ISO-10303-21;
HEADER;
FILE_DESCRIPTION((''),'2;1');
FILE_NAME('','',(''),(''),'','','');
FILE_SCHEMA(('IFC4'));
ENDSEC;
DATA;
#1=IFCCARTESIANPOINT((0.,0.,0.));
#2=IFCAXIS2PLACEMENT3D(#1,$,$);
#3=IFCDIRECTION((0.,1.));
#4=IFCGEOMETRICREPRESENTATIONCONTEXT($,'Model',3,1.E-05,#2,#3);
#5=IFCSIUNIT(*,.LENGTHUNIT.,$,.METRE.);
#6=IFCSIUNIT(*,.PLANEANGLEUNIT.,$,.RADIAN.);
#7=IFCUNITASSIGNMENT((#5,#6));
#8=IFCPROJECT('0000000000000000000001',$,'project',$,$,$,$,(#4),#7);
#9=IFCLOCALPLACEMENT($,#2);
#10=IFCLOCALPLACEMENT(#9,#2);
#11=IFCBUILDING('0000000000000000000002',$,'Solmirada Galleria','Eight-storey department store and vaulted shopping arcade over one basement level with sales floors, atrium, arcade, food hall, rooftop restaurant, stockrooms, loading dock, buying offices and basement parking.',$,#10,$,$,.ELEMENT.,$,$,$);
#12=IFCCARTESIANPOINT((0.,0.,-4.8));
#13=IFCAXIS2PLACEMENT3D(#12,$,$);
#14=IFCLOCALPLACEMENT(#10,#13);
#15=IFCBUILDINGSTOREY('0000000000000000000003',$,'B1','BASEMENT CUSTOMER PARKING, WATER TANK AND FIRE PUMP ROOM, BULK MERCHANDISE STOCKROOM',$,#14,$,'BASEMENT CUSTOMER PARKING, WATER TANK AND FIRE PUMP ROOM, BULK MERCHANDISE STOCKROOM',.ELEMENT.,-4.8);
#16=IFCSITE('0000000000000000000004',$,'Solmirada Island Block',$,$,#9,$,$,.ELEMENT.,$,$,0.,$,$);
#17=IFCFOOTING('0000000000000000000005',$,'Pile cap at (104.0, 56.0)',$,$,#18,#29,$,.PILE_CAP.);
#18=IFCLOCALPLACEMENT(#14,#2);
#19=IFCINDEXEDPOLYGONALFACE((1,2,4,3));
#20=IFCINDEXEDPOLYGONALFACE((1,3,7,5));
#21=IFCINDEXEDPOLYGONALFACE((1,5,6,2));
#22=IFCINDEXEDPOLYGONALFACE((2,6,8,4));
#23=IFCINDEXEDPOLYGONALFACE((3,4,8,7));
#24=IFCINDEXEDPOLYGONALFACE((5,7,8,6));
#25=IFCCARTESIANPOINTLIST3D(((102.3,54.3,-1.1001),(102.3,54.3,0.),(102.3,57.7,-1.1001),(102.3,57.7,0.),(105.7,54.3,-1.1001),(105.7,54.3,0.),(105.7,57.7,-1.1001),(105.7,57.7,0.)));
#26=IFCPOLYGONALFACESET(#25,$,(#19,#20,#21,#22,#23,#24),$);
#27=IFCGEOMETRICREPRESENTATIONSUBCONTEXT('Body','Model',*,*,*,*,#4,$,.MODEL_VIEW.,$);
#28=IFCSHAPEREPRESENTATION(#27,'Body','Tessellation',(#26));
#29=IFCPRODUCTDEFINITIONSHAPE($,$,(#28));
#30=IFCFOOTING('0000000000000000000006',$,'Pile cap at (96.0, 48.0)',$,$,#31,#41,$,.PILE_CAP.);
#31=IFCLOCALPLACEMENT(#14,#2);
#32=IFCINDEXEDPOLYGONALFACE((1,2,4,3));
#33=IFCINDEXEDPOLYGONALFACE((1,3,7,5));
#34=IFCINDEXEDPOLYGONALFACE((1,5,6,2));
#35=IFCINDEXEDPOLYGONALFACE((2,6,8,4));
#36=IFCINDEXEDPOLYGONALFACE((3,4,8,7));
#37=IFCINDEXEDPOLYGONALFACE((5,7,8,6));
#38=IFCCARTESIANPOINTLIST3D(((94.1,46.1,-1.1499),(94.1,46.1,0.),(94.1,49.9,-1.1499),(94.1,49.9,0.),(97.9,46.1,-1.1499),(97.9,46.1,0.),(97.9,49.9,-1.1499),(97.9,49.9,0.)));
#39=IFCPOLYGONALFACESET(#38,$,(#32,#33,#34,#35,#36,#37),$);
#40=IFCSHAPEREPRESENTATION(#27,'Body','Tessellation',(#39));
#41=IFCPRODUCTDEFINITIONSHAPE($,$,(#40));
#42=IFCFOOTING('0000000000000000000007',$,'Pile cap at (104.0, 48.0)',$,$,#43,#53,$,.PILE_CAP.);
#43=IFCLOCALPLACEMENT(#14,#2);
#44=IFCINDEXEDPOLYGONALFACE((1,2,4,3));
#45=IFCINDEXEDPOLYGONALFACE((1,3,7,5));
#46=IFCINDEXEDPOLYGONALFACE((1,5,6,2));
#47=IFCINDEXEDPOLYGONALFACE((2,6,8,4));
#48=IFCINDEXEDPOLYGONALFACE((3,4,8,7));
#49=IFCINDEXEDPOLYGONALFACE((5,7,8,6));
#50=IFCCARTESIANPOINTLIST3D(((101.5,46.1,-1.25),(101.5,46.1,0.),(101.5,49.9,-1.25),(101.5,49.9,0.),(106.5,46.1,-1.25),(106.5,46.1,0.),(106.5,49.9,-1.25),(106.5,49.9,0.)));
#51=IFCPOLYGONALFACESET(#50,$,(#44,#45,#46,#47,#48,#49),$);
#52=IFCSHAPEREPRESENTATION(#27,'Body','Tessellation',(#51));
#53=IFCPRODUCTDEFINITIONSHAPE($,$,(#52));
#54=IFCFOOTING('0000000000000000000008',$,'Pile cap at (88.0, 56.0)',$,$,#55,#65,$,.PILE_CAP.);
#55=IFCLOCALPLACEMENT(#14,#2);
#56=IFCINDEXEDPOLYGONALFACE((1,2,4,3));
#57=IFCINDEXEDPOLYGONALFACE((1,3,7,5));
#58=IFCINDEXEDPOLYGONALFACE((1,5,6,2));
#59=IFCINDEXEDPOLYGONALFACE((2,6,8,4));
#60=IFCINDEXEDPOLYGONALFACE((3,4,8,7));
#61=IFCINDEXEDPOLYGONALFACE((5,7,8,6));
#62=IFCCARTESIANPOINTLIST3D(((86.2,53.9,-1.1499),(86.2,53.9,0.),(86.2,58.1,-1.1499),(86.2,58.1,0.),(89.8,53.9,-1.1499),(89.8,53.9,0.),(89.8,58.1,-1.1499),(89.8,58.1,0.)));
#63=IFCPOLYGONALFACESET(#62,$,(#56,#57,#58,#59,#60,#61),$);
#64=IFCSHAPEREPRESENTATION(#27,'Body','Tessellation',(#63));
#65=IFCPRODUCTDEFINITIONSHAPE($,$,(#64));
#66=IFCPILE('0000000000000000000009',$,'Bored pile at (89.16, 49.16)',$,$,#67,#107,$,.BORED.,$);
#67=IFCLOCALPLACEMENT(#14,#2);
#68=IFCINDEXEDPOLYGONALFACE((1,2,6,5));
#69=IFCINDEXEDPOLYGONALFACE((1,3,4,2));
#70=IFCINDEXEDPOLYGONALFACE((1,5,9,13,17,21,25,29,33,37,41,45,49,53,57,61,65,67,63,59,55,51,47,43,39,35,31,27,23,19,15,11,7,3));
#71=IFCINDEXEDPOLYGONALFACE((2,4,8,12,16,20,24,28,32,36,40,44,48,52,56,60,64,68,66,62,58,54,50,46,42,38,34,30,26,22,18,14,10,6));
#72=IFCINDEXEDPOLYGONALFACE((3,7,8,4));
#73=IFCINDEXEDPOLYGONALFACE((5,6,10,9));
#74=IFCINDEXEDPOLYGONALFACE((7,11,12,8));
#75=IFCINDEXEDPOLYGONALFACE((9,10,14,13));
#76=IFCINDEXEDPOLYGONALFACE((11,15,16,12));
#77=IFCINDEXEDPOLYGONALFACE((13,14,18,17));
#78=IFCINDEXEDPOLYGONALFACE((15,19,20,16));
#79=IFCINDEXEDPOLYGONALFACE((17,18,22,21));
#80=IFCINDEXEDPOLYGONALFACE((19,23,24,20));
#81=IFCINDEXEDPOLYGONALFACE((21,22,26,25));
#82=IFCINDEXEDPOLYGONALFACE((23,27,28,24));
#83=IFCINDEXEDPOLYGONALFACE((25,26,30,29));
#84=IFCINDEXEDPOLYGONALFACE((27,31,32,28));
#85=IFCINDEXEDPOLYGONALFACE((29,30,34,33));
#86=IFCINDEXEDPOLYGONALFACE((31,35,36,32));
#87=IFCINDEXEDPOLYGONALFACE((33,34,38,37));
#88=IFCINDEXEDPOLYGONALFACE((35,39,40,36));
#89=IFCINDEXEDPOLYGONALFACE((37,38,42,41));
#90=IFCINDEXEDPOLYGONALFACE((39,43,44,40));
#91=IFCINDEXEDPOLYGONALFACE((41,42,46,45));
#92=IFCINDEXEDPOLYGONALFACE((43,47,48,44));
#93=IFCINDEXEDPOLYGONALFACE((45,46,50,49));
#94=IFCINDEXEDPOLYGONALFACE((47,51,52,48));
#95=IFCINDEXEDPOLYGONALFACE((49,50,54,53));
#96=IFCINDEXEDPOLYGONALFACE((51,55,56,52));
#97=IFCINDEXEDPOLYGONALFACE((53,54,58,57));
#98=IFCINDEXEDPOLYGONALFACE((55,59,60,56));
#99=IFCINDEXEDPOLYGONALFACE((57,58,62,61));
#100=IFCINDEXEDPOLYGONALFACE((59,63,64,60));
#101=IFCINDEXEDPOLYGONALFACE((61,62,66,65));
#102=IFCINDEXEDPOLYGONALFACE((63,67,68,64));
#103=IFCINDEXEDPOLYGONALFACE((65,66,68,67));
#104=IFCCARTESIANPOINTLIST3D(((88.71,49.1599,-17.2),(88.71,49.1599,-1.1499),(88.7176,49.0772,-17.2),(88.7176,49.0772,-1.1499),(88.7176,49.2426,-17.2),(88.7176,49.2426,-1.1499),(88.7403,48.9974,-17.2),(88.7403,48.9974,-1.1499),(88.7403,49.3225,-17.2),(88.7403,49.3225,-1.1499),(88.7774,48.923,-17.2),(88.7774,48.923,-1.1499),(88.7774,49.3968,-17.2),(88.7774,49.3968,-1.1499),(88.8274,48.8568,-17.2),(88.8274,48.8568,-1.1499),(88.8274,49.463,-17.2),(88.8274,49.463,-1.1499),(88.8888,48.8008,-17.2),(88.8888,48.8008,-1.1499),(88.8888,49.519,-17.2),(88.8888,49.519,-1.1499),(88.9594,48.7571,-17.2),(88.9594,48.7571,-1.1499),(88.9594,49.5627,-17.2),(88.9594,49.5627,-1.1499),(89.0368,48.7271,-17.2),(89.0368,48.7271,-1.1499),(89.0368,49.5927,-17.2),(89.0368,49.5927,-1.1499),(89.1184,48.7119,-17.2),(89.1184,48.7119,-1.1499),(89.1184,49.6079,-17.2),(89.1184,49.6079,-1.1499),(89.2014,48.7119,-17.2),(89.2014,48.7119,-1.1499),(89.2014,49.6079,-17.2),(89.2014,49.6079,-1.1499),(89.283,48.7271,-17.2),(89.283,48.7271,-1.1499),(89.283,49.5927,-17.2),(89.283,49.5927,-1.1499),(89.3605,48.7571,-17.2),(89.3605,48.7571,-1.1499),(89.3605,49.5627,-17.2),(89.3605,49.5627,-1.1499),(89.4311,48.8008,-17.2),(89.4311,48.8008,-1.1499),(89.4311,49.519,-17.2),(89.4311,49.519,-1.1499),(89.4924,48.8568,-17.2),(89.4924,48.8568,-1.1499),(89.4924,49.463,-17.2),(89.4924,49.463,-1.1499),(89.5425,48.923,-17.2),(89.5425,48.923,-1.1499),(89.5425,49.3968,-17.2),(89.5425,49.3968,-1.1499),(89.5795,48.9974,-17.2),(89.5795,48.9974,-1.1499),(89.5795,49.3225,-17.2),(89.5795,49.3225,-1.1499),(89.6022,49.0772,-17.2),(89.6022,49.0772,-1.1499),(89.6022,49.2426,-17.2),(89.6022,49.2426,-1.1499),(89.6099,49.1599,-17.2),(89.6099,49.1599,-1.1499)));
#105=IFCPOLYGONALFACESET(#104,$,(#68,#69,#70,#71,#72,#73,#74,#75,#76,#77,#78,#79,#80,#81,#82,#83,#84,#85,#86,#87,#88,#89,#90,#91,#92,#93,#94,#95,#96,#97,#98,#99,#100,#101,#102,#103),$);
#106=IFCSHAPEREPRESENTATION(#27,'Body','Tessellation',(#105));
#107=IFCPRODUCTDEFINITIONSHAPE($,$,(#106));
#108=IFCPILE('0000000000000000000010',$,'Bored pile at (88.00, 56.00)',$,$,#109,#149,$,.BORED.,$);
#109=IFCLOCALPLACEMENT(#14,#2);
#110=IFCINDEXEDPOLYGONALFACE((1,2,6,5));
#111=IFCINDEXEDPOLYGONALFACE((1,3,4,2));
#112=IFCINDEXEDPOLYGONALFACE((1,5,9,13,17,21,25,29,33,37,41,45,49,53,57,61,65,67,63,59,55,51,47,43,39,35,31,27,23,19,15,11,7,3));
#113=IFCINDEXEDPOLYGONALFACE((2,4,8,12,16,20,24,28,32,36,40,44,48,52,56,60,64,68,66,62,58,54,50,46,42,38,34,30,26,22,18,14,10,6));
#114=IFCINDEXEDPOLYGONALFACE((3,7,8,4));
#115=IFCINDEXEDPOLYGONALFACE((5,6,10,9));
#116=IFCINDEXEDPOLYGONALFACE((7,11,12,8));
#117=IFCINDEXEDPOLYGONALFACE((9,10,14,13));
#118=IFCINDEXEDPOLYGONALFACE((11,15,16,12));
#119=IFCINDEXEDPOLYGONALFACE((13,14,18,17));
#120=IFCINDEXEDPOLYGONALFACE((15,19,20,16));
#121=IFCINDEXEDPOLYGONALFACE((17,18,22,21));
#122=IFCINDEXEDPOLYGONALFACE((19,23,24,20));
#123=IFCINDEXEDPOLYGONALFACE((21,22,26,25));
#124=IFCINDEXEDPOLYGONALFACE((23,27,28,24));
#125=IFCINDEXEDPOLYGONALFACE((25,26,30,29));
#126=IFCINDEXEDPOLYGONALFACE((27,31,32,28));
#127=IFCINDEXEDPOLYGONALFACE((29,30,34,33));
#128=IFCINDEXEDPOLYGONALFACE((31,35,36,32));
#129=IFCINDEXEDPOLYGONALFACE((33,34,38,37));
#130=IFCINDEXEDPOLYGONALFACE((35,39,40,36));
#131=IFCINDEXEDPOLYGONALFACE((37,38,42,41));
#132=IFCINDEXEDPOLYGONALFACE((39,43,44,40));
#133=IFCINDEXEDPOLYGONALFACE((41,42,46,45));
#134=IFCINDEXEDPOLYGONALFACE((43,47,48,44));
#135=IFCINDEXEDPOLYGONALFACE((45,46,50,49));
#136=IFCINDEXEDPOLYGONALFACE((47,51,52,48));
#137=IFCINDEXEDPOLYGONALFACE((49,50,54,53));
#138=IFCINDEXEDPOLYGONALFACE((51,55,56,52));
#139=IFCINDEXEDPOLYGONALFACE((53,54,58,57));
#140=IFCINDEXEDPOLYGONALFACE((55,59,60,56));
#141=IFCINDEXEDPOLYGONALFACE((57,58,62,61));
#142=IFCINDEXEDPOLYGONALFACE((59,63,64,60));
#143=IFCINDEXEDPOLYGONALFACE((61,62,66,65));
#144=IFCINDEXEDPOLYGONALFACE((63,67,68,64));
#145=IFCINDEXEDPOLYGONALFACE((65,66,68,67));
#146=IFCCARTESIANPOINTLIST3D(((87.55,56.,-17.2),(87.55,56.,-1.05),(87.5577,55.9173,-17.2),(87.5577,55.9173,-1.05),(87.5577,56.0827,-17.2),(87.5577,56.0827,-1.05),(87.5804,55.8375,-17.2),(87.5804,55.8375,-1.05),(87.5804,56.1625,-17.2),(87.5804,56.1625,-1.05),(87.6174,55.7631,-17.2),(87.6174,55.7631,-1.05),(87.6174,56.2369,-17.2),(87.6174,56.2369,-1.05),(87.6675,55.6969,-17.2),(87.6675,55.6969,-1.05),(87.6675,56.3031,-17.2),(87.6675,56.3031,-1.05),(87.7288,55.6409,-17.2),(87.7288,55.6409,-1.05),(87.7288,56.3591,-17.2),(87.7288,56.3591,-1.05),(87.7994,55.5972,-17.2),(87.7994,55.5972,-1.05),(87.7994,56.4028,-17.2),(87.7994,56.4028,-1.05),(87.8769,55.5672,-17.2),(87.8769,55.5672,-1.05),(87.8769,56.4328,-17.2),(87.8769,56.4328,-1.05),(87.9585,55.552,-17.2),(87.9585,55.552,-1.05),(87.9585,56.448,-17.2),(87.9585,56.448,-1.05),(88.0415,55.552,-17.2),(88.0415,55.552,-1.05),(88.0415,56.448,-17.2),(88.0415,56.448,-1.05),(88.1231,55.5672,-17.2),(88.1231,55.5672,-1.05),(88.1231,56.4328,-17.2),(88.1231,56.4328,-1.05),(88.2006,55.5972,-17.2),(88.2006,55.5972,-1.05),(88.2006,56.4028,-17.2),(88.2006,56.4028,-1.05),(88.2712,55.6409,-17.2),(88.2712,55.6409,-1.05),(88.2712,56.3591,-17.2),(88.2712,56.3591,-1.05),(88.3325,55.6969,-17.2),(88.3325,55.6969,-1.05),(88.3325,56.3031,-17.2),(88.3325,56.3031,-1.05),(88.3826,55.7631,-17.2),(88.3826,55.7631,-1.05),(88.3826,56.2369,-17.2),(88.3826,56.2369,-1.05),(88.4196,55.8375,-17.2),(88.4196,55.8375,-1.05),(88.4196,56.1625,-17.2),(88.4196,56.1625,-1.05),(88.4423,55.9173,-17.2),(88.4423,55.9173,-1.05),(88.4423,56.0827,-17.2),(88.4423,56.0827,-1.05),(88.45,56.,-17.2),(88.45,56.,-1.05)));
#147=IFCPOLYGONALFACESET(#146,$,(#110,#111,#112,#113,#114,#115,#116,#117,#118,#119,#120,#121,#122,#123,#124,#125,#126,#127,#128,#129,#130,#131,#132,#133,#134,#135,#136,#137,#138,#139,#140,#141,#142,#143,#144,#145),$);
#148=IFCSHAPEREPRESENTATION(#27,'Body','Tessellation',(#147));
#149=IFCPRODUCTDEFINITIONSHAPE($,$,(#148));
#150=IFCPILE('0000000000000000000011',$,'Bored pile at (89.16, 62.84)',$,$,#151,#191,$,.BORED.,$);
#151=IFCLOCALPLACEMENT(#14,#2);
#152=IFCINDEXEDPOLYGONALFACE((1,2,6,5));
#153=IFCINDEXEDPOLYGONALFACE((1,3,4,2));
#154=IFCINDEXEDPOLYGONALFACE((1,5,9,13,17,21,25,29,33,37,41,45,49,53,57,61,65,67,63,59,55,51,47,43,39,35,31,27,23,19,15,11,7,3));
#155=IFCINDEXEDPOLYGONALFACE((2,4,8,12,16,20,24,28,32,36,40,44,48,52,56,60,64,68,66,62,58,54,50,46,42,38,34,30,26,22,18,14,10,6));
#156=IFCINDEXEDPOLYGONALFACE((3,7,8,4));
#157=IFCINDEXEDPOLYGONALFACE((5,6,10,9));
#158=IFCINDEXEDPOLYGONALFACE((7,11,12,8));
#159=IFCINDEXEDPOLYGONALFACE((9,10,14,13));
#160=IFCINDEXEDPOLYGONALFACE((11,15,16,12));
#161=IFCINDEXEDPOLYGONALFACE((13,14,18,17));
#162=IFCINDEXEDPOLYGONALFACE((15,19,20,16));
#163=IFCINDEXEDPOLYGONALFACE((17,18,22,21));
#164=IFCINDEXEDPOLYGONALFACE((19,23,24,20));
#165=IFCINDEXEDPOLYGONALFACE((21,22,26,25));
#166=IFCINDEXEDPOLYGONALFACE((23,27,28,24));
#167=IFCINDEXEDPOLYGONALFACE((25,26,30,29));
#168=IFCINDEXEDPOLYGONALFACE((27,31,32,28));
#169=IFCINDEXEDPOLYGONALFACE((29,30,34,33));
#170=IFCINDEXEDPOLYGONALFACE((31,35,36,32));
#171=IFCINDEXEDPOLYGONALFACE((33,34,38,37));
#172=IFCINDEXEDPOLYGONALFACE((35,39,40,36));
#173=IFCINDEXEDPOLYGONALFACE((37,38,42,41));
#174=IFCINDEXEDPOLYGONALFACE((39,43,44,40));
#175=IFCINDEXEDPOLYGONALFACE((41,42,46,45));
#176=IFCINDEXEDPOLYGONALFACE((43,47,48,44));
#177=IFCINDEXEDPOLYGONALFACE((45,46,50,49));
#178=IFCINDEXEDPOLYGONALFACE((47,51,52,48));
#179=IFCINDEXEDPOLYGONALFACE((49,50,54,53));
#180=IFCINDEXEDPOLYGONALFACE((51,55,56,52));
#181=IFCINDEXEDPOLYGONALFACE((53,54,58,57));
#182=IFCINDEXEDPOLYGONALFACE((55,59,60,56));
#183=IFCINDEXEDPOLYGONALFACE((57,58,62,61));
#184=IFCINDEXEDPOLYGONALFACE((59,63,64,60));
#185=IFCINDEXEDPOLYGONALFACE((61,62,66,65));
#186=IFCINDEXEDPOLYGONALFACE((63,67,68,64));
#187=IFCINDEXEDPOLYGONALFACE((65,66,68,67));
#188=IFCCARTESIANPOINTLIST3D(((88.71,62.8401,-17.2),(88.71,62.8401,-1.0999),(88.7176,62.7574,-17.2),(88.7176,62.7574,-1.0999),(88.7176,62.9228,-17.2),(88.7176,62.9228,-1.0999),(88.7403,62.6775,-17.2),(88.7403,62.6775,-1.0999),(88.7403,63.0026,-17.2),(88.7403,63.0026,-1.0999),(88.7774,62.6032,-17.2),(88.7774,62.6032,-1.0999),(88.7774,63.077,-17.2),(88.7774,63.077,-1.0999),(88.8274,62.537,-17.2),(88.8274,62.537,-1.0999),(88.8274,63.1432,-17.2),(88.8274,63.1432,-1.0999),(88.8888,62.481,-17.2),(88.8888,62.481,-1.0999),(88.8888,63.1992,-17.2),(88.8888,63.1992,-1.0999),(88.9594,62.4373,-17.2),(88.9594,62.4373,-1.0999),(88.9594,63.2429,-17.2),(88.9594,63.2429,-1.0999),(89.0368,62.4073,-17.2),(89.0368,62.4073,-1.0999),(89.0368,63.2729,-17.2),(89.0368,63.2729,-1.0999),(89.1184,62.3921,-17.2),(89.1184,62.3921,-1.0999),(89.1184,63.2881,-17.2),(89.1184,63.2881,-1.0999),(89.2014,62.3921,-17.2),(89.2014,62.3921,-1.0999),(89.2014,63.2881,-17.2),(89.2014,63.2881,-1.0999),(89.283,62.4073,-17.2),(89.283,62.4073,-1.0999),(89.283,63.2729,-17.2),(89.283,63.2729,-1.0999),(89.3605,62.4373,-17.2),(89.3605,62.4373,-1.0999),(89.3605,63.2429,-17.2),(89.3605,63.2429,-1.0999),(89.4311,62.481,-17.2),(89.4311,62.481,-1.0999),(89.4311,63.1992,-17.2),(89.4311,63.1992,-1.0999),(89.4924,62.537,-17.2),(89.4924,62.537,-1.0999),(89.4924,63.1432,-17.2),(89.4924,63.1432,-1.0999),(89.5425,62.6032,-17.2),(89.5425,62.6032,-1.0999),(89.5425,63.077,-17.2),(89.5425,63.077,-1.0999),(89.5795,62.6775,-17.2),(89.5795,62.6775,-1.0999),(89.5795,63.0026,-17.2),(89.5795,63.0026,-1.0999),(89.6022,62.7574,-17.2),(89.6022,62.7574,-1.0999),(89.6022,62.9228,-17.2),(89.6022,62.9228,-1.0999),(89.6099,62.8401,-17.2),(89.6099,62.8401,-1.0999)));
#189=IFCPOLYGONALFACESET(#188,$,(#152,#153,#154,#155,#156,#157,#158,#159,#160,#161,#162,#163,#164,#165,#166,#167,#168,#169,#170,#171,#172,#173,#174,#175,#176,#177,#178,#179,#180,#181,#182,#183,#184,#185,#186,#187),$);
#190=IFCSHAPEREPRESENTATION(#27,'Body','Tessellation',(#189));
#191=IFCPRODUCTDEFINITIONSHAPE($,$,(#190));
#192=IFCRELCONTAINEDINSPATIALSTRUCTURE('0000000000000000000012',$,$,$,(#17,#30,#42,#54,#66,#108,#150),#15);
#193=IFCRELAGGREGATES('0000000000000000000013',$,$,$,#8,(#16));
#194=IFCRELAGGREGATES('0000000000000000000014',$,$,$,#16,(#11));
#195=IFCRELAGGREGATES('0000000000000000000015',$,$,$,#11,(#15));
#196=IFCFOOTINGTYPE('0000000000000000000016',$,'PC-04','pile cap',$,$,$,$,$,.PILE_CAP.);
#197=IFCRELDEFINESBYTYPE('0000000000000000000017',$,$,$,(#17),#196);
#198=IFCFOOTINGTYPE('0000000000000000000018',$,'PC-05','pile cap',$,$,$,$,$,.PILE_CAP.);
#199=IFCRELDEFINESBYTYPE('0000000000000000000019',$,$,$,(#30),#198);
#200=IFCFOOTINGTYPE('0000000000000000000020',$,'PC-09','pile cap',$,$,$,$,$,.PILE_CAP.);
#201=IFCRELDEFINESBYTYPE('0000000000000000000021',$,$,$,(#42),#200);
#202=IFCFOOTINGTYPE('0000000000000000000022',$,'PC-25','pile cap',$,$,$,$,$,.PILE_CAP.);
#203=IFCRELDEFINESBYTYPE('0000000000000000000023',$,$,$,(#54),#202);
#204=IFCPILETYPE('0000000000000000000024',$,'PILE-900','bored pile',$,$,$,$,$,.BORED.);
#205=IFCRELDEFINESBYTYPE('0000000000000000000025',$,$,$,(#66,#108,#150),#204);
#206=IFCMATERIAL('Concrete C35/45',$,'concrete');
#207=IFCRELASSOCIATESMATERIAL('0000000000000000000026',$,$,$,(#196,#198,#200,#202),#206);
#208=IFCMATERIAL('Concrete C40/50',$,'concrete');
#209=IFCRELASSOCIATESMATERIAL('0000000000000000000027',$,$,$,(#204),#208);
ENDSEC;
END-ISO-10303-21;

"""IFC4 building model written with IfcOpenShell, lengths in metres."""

from ifc_helpers import new_model, si_unit, direction, frame, origin, origin_2d, place, context, subcontext, project, spatial, rectangle, circle, extrude, material, material_profile, profile_set, type_object, element, save


model = new_model("IFC4")

# Units and contexts
model_context = context("Model", 3, precision=1e-05, world=origin(), true_north=direction((0.0, 1.0)))
body_context = subcontext(model_context, "Body", "Model", "MODEL_VIEW")
ifc_project = project(units=[si_unit("LENGTHUNIT", "METRE"), si_unit("PLANEANGLEUNIT", "RADIAN")], contexts=[model_context])

# Site, building, storey
site_placement = place(None, origin())
site = spatial("IfcSite", under=ifc_project, at=site_placement, Name="Solmirada Island Block", CompositionType="ELEMENT", RefElevation=0.0)
building_placement = place(site_placement, origin())
building = spatial("IfcBuilding", under=site, at=building_placement, Name="Solmirada Galleria", Description="Eight-storey department store and vaulted shopping arcade over one basement level with sales floors, atrium, arcade, food hall, rooftop restaurant, stockrooms, loading dock, buying offices and basement parking.", CompositionType="ELEMENT")
storey_placement = place(building_placement, frame((0.0, 0.0, -4.8)))
storey = spatial("IfcBuildingStorey", under=building, at=storey_placement, Name="B1", Description="BASEMENT CUSTOMER PARKING, WATER TANK AND FIRE PUMP ROOM, BULK MERCHANDISE STOCKROOM", LongName="BASEMENT CUSTOMER PARKING, WATER TANK AND FIRE PUMP ROOM, BULK MERCHANDISE STOCKROOM", CompositionType="ELEMENT", Elevation=-4.8)

# Footings
ifc_material_1 = material(Name="Concrete C35/45", Category="concrete")
footing_type_1 = type_object("IfcFootingType", Name="PC-04", Description="pile cap", PredefinedType="PILE_CAP", material=ifc_material_1)
footing_1_placement = place(storey_placement, frame((104.0, 56.0, -1.1001), z_axis=(0.0, 0.0, 1.0), x_axis=(1.0, 0.0, 0.0)))
element("IfcFooting", 1, at=footing_1_placement, inside=storey, type_object=footing_type_1, Name="Pile cap at (104.0, 56.0)", PredefinedType="PILE_CAP", context=body_context, shape_type="SweptSolid", body=[
    extrude(rectangle(XDim=3.3999, YDim=3.3999, at=origin_2d()), origin(), (0.0, 0.0, 1.0), 1.1001),
])
footing_type_2 = type_object("IfcFootingType", Name="PC-05", Description="pile cap", PredefinedType="PILE_CAP", material=ifc_material_1)
footing_2_placement = place(storey_placement, frame((96.0, 48.0, -1.1499), z_axis=(0.0, 0.0, 1.0), x_axis=(1.0, 0.0, 0.0)))
element("IfcFooting", 2, at=footing_2_placement, inside=storey, type_object=footing_type_2, Name="Pile cap at (96.0, 48.0)", PredefinedType="PILE_CAP", context=body_context, shape_type="SweptSolid", body=[
    extrude(rectangle(XDim=3.8, YDim=3.8, at=origin_2d()), origin(), (0.0, 0.0, 1.0), 1.1499),
])
footing_type_3 = type_object("IfcFootingType", Name="PC-09", Description="pile cap", PredefinedType="PILE_CAP", material=ifc_material_1)
footing_3_placement = place(storey_placement, frame((104.0, 48.0, -1.25), z_axis=(0.0, 0.0, 1.0), x_axis=(1.0, 0.0, 0.0)))
element("IfcFooting", 3, at=footing_3_placement, inside=storey, type_object=footing_type_3, Name="Pile cap at (104.0, 48.0)", PredefinedType="PILE_CAP", context=body_context, shape_type="SweptSolid", body=[
    extrude(rectangle(XDim=5.0, YDim=3.8, at=origin_2d()), origin(), (0.0, 0.0, 1.0), 1.25),
])
footing_type_4 = type_object("IfcFootingType", Name="PC-25", Description="pile cap", PredefinedType="PILE_CAP", material=ifc_material_1)
footing_4_placement = place(storey_placement, frame((88.0, 56.0, -1.1499), z_axis=(0.0, 0.0, 1.0), x_axis=(1.0, 0.0, 0.0)))
element("IfcFooting", 4, at=footing_4_placement, inside=storey, type_object=footing_type_4, Name="Pile cap at (88.0, 56.0)", PredefinedType="PILE_CAP", context=body_context, shape_type="SweptSolid", body=[
    extrude(rectangle(XDim=3.6001, YDim=4.2, at=origin_2d()), origin(), (0.0, 0.0, 1.0), 1.1499),
])

# Piles
ifc_material_2 = material(Name="Concrete C40/50", Category="concrete")
ifc_material_profile_1 = material_profile(ifc_material_2, circle(Radius=0.45, at=origin_2d()), Name="PILE900")
ifc_profile_set_1 = profile_set([ifc_material_profile_1], Name="Concrete C40/50")
pile_type = type_object("IfcPileType", Name="PILE-900", Description="bored pile", PredefinedType="BORED", material=ifc_profile_set_1)
pile_1_placement = place(storey_placement, frame((89.1599, 49.1599, -1.1499), z_axis=(0.0, 0.0, -1.0), x_axis=(1.0, 0.0, 0.0)))
element("IfcPile", 5, at=pile_1_placement, inside=storey, type_object=pile_type, Name="Bored pile at (89.16, 49.16)", PredefinedType="BORED", context=body_context, shape_type="SweptSolid", body=[
    extrude(circle(Radius=0.45, at=origin_2d()), origin(), (0.0, 0.0, 1.0), 16.05),
])
pile_2_placement = place(storey_placement, frame((88.0, 56.0, -1.05), z_axis=(0.0, 0.0, -1.0), x_axis=(1.0, 0.0, 0.0)))
element("IfcPile", 6, at=pile_2_placement, inside=storey, type_object=pile_type, Name="Bored pile at (88.00, 56.00)", PredefinedType="BORED", context=body_context, shape_type="SweptSolid", body=[
    extrude(circle(Radius=0.45, at=origin_2d()), origin(), (0.0, 0.0, 1.0), 16.1499),
])
pile_3_placement = place(storey_placement, frame((89.1599, 62.8401, -1.0999), z_axis=(0.0, 0.0, -1.0), x_axis=(1.0, 0.0, 0.0)))
element("IfcPile", 7, at=pile_3_placement, inside=storey, type_object=pile_type, Name="Bored pile at (89.16, 62.84)", PredefinedType="BORED", context=body_context, shape_type="SweptSolid", body=[
    extrude(circle(Radius=0.45, at=origin_2d()), origin(), (0.0, 0.0, 1.0), 16.1001),
])

save(model, "model.ifc")
